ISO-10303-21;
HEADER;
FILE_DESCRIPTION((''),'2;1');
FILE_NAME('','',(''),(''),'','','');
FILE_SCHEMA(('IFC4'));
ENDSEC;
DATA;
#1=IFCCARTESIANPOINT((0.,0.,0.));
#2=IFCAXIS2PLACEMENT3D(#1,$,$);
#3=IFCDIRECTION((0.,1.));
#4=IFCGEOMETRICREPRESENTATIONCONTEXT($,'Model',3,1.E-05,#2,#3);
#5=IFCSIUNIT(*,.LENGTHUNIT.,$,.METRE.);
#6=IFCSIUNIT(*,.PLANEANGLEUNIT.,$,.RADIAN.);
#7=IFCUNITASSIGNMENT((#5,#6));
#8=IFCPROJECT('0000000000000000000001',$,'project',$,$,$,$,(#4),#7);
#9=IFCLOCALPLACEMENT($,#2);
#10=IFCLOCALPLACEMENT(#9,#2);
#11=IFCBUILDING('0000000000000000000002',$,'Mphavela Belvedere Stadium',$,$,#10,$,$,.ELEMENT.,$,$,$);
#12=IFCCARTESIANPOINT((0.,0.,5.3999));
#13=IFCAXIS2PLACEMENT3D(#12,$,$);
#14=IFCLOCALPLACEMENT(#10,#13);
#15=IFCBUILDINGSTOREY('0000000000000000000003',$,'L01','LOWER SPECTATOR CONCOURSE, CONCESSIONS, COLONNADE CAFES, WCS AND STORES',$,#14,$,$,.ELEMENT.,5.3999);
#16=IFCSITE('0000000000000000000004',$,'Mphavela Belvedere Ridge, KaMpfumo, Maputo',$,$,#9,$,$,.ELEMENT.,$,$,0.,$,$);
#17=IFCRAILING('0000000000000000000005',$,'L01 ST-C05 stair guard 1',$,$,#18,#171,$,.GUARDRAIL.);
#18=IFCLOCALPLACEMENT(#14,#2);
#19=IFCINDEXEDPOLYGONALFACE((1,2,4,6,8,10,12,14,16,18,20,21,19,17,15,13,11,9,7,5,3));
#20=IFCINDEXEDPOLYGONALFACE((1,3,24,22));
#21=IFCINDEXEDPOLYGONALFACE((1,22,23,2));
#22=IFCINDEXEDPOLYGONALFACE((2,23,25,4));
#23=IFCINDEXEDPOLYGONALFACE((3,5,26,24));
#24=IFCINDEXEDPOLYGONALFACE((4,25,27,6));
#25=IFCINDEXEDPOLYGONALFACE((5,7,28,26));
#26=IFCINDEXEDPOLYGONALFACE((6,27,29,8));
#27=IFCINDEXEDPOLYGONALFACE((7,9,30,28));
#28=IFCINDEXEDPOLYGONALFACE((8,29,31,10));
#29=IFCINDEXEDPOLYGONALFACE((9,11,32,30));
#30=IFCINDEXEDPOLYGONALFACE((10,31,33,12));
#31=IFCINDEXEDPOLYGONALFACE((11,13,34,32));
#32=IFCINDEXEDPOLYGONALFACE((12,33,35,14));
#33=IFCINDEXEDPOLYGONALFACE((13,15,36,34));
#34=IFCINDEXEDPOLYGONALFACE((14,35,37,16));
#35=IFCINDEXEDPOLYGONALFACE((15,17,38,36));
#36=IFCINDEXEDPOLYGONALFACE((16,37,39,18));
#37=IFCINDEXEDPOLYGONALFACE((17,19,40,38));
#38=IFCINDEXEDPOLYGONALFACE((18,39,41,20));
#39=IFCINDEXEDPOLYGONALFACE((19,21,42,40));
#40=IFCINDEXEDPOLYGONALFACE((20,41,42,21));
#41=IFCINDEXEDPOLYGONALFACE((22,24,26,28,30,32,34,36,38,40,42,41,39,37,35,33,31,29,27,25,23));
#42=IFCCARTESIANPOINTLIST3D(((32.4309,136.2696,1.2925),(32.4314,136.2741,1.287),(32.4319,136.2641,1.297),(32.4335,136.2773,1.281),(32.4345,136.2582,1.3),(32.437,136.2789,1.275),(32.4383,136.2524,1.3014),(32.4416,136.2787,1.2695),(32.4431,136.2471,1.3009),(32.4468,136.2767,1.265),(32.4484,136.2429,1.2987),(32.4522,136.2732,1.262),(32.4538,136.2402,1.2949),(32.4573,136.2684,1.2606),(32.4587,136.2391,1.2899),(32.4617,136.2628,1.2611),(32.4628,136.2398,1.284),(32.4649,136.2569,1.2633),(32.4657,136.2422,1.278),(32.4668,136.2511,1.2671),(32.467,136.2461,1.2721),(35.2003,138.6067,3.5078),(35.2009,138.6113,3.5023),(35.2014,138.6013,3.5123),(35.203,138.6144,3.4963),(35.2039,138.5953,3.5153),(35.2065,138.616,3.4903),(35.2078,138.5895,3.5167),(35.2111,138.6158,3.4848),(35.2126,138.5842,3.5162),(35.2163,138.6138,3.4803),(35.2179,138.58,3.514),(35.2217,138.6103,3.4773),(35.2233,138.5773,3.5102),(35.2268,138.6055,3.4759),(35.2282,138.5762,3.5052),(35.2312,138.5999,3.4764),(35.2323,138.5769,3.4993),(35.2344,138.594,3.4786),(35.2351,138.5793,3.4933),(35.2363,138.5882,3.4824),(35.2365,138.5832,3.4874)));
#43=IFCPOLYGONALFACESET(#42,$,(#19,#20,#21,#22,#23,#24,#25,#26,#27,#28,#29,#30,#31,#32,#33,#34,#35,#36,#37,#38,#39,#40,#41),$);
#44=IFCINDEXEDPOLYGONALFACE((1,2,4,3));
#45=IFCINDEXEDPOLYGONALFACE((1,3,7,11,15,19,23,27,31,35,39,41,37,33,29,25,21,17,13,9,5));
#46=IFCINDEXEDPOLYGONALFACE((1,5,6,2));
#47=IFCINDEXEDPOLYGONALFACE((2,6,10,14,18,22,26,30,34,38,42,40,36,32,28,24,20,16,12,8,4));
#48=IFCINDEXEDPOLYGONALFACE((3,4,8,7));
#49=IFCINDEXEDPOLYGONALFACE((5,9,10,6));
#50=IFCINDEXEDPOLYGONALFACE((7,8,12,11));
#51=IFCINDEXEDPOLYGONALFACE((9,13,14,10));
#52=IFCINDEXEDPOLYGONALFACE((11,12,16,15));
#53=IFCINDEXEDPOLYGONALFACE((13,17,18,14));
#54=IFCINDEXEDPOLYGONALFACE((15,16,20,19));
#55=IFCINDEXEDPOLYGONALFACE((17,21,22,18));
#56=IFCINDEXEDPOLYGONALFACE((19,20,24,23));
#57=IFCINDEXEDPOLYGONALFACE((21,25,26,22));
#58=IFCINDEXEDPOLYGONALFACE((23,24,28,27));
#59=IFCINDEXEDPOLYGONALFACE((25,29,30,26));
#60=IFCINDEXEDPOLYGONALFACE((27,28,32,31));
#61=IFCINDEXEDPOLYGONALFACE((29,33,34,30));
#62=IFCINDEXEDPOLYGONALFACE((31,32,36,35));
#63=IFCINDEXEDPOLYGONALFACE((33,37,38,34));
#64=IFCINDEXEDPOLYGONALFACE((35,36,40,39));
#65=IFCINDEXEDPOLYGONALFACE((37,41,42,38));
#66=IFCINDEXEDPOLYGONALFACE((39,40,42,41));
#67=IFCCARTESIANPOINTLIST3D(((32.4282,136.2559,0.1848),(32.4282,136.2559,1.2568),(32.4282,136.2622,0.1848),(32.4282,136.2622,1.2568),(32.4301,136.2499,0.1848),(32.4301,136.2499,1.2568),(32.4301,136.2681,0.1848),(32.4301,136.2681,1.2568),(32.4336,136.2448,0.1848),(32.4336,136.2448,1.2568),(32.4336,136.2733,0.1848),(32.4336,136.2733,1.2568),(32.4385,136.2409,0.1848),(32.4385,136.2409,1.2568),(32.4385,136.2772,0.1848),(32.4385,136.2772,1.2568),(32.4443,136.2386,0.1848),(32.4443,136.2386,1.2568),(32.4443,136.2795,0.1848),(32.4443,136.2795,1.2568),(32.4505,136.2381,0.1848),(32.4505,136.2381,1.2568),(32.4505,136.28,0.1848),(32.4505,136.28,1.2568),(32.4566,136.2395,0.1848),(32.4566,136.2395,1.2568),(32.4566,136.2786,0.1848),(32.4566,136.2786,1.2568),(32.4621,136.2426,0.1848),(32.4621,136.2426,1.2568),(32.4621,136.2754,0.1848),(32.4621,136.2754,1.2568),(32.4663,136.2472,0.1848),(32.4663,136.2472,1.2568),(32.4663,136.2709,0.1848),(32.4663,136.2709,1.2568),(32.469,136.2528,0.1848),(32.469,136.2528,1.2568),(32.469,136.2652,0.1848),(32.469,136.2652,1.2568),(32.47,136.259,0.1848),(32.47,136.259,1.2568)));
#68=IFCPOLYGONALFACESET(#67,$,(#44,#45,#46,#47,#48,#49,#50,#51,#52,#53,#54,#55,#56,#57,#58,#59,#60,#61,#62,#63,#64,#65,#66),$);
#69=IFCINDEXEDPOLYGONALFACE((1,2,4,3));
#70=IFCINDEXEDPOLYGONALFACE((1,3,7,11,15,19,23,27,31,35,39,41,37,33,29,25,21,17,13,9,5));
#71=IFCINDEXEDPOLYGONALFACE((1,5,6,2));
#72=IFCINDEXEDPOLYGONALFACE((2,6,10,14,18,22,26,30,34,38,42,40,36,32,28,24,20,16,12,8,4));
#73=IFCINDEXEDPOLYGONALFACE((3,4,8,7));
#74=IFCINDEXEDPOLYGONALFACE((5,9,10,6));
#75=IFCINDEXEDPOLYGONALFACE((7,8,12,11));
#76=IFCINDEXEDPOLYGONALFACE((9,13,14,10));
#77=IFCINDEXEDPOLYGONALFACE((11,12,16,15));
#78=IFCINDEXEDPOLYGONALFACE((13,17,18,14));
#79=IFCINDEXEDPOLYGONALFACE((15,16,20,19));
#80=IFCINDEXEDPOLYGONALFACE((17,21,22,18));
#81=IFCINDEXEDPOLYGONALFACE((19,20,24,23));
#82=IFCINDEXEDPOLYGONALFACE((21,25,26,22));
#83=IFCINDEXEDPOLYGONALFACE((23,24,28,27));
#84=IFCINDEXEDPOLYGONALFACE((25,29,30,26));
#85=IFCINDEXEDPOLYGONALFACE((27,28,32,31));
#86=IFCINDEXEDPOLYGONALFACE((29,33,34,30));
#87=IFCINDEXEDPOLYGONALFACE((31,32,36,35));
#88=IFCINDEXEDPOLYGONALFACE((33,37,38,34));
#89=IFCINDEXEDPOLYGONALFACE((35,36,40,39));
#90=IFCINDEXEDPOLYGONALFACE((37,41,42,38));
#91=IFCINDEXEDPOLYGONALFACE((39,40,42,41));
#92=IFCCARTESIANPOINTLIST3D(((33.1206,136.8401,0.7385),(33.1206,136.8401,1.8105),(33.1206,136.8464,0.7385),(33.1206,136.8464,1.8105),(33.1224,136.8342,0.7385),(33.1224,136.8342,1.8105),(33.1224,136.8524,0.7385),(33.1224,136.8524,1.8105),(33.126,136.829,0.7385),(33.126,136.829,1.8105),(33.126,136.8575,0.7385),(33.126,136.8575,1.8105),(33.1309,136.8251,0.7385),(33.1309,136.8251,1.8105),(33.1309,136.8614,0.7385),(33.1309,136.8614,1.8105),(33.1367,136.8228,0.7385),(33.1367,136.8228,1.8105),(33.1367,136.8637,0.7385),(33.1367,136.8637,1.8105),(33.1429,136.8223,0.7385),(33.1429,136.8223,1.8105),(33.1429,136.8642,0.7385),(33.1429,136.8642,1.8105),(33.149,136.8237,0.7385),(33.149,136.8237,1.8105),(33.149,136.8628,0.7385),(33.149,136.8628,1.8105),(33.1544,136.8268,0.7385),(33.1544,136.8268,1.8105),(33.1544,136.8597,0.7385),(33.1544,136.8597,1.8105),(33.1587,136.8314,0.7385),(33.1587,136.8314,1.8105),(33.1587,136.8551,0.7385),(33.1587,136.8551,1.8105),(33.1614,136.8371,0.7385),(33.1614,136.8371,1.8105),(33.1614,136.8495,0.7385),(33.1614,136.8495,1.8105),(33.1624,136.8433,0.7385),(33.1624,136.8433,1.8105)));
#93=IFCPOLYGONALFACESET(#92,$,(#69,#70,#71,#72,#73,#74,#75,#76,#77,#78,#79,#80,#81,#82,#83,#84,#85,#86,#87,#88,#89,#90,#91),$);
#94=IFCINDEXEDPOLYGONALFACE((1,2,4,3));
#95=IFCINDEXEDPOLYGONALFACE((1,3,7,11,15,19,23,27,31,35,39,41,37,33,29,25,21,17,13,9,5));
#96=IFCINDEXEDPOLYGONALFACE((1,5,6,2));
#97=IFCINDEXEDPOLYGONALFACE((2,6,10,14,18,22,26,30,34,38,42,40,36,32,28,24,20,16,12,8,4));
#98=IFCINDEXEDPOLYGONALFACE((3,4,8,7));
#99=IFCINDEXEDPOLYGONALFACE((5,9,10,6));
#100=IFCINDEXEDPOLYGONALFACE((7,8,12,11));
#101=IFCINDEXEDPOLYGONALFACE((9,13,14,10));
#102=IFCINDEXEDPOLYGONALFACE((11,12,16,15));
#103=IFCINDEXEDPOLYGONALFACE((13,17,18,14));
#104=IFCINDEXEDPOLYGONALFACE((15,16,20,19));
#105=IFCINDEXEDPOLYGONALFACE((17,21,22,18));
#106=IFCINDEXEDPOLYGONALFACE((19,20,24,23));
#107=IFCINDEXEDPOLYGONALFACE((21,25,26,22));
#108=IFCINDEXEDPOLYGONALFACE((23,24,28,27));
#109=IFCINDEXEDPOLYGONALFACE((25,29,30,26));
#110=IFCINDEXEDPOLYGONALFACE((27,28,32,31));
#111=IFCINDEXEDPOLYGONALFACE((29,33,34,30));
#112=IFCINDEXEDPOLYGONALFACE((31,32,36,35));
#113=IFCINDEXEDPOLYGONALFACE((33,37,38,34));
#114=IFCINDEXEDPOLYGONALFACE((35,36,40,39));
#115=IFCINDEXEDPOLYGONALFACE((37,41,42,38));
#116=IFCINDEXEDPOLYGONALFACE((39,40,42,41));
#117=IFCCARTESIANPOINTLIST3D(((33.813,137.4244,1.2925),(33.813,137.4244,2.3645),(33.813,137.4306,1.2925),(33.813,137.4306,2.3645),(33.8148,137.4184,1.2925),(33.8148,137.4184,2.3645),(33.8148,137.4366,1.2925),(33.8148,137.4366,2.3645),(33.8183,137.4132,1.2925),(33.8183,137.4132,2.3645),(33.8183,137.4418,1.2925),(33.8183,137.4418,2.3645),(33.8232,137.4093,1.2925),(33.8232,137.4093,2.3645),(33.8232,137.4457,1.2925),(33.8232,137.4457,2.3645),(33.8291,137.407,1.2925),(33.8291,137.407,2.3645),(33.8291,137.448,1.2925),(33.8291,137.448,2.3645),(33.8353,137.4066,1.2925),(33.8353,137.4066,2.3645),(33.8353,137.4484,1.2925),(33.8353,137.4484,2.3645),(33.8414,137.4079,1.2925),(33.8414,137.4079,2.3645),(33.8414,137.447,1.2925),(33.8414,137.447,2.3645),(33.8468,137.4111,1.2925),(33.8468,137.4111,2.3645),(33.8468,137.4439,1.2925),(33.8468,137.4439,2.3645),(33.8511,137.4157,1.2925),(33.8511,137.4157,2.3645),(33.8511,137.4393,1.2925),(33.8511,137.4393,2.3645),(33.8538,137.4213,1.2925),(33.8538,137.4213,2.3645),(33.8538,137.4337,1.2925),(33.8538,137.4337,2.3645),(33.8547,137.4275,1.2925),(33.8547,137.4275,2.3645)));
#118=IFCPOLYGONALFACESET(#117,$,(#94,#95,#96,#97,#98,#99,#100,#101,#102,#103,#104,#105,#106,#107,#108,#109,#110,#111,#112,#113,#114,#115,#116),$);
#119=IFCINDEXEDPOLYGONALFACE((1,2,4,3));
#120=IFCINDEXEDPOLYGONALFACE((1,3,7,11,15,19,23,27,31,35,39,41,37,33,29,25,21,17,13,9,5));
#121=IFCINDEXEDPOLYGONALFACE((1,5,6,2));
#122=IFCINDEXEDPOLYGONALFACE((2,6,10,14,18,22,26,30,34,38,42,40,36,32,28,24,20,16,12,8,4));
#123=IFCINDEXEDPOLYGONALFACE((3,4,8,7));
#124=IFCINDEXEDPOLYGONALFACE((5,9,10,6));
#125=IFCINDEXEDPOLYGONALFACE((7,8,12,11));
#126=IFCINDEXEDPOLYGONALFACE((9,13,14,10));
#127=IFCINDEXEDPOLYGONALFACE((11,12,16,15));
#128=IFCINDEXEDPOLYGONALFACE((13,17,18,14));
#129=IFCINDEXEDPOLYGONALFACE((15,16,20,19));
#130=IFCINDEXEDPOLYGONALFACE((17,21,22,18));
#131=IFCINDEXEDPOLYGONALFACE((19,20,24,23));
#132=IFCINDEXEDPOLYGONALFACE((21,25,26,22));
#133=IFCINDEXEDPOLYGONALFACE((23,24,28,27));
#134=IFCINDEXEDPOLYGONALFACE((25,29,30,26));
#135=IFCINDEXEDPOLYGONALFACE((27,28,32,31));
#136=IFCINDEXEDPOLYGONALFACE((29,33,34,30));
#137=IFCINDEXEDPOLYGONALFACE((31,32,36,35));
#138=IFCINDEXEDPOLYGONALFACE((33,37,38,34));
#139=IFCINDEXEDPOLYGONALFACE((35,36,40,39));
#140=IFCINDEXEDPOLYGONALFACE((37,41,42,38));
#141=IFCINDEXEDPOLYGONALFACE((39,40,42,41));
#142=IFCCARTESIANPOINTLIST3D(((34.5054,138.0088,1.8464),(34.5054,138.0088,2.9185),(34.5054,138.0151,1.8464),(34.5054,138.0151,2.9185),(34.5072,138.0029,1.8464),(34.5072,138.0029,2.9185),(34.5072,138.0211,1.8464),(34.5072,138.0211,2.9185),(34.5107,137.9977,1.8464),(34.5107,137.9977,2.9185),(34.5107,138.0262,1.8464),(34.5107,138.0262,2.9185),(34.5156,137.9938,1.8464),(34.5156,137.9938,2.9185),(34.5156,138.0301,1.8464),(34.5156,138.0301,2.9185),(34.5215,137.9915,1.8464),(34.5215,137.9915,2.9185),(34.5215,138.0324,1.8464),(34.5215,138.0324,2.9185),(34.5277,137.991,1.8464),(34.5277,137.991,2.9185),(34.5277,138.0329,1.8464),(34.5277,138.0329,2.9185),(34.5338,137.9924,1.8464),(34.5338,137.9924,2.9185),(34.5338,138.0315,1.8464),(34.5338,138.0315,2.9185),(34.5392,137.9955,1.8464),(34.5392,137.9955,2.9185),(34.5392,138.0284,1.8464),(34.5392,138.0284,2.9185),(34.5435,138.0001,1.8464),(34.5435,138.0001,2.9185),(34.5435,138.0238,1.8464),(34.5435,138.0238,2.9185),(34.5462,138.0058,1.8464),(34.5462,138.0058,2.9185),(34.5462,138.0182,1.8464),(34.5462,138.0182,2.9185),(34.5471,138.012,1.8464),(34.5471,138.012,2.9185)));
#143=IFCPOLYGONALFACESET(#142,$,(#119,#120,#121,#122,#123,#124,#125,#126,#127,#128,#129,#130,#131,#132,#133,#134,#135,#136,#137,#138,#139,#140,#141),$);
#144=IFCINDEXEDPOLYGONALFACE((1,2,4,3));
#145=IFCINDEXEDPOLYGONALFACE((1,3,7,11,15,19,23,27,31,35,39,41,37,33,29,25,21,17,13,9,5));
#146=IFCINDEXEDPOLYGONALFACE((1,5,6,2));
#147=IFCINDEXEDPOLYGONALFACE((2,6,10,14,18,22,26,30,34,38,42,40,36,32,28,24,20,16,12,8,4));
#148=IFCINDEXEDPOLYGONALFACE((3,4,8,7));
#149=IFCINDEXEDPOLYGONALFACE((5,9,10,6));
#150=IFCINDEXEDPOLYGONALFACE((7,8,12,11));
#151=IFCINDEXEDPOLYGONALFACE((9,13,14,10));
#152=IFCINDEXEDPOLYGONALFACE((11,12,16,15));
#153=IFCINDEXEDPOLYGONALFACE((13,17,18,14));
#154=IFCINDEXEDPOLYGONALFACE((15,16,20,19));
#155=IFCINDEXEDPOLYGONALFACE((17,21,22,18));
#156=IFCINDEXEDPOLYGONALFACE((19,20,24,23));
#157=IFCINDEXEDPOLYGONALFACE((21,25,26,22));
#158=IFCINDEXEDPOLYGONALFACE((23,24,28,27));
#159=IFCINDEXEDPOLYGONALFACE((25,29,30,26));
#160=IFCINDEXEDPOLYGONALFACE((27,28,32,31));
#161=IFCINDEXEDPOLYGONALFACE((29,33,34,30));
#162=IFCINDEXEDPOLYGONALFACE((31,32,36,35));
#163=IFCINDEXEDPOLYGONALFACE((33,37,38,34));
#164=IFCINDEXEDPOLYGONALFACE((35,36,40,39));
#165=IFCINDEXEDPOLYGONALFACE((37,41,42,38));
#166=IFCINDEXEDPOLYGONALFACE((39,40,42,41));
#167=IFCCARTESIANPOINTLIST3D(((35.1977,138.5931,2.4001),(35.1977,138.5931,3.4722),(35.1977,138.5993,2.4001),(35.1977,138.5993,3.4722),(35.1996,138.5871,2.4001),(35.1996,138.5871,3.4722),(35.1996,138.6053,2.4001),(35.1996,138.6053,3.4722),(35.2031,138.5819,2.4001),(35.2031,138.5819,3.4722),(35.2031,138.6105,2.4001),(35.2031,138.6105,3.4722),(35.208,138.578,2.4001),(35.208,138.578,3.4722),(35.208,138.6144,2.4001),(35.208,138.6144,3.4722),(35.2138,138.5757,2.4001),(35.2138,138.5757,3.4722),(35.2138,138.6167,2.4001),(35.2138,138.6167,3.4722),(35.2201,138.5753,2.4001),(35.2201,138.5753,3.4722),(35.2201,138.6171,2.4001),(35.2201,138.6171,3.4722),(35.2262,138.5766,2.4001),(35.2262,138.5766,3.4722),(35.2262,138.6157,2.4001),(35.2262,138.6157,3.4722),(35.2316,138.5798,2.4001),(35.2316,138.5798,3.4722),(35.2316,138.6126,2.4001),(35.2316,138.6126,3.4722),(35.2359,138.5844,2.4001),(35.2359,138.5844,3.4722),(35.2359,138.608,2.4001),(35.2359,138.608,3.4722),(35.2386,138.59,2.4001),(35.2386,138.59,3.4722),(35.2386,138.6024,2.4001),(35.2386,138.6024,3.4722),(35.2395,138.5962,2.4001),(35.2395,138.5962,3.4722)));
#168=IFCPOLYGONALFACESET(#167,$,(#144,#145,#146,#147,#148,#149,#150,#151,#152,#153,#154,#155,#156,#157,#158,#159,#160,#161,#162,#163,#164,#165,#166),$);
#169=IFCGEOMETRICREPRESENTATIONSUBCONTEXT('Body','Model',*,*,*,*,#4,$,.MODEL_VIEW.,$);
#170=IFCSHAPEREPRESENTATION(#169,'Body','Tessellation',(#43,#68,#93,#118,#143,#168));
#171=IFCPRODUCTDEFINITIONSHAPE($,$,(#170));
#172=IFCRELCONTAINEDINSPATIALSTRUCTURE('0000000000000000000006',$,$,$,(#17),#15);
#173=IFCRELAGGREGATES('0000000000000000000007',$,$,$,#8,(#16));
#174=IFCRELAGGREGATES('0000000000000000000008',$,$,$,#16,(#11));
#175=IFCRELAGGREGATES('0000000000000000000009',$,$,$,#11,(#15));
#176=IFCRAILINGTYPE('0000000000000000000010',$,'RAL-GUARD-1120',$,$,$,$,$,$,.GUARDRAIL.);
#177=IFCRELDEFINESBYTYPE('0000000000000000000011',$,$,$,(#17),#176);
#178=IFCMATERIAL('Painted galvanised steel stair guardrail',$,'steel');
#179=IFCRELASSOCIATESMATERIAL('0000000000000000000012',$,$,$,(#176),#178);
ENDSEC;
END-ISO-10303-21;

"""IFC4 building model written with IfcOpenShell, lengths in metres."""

from ifc_helpers import new_model, si_unit, direction, frame, origin, origin_2d, place, context, subcontext, project, spatial, circle, extrude, material, type_object, element, save


model = new_model("IFC4")

# Units and contexts
model_context = context("Model", 3, precision=1e-05, world=origin(), true_north=direction((0.0, 1.0)))
body_context = subcontext(model_context, "Body", "Model", "MODEL_VIEW")
ifc_project = project(units=[si_unit("LENGTHUNIT", "METRE"), si_unit("PLANEANGLEUNIT", "RADIAN")], contexts=[model_context])

# Site, building, storey
site_placement = place(None, origin())
site = spatial("IfcSite", under=ifc_project, at=site_placement, Name="Mphavela Belvedere Ridge, KaMpfumo, Maputo", CompositionType="ELEMENT", RefElevation=0.0)
building_placement = place(site_placement, origin())
building = spatial("IfcBuilding", under=site, at=building_placement, Name="Mphavela Belvedere Stadium", CompositionType="ELEMENT")
storey_placement = place(building_placement, frame((0.0, 0.0, 5.3999)))
storey = spatial("IfcBuildingStorey", under=building, at=storey_placement, Name="L01", Description="LOWER SPECTATOR CONCOURSE, CONCESSIONS, COLONNADE CAFES, WCS AND STORES", CompositionType="ELEMENT", Elevation=5.3999)

# Railing
ifc_material_1 = material(Name="Painted galvanised steel stair guardrail", Category="steel")
railing_type_1 = type_object("IfcRailingType", Name="RAL-GUARD-1120", PredefinedType="GUARDRAIL", material=ifc_material_1)
railing_1_placement = place(storey_placement, frame((32.449, 136.259, 0.1848)))
element("IfcRailing", 1, at=railing_1_placement, inside=storey, type_object=railing_type_1, Name="L01 ST-C05 stair guard 1", PredefinedType="GUARDRAIL", context=body_context, shape_type="SweptSolid", body=[
    extrude(circle(Radius=0.0239, at=origin_2d()), frame((0.0, 0.0, 1.0962), z_axis=(0.652055, 0.550258, 0.521575), x_axis=(-0.64493, 0.764242, 0.0)), (0.0, 0.0, 1.0), 4.2473),
    extrude(circle(Radius=0.021, at=origin_2d()), origin(), (0.0, 0.0, 1.0), 1.072),
    extrude(circle(Radius=0.021, at=origin_2d()), frame((0.6924, 0.5842, 0.5537)), (0.0, 0.0, 1.0), 1.072),
    extrude(circle(Radius=0.021, at=origin_2d()), frame((1.3848, 1.1685, 1.1077)), (0.0, 0.0, 1.0), 1.072),
    extrude(circle(Radius=0.021, at=origin_2d()), frame((2.0771, 1.7529, 1.6616)), (0.0, 0.0, 1.0), 1.072),
    extrude(circle(Radius=0.021, at=origin_2d()), frame((2.7695, 2.3372, 2.2153)), (0.0, 0.0, 1.0), 1.072),
])

save(model, "model.ifc")
